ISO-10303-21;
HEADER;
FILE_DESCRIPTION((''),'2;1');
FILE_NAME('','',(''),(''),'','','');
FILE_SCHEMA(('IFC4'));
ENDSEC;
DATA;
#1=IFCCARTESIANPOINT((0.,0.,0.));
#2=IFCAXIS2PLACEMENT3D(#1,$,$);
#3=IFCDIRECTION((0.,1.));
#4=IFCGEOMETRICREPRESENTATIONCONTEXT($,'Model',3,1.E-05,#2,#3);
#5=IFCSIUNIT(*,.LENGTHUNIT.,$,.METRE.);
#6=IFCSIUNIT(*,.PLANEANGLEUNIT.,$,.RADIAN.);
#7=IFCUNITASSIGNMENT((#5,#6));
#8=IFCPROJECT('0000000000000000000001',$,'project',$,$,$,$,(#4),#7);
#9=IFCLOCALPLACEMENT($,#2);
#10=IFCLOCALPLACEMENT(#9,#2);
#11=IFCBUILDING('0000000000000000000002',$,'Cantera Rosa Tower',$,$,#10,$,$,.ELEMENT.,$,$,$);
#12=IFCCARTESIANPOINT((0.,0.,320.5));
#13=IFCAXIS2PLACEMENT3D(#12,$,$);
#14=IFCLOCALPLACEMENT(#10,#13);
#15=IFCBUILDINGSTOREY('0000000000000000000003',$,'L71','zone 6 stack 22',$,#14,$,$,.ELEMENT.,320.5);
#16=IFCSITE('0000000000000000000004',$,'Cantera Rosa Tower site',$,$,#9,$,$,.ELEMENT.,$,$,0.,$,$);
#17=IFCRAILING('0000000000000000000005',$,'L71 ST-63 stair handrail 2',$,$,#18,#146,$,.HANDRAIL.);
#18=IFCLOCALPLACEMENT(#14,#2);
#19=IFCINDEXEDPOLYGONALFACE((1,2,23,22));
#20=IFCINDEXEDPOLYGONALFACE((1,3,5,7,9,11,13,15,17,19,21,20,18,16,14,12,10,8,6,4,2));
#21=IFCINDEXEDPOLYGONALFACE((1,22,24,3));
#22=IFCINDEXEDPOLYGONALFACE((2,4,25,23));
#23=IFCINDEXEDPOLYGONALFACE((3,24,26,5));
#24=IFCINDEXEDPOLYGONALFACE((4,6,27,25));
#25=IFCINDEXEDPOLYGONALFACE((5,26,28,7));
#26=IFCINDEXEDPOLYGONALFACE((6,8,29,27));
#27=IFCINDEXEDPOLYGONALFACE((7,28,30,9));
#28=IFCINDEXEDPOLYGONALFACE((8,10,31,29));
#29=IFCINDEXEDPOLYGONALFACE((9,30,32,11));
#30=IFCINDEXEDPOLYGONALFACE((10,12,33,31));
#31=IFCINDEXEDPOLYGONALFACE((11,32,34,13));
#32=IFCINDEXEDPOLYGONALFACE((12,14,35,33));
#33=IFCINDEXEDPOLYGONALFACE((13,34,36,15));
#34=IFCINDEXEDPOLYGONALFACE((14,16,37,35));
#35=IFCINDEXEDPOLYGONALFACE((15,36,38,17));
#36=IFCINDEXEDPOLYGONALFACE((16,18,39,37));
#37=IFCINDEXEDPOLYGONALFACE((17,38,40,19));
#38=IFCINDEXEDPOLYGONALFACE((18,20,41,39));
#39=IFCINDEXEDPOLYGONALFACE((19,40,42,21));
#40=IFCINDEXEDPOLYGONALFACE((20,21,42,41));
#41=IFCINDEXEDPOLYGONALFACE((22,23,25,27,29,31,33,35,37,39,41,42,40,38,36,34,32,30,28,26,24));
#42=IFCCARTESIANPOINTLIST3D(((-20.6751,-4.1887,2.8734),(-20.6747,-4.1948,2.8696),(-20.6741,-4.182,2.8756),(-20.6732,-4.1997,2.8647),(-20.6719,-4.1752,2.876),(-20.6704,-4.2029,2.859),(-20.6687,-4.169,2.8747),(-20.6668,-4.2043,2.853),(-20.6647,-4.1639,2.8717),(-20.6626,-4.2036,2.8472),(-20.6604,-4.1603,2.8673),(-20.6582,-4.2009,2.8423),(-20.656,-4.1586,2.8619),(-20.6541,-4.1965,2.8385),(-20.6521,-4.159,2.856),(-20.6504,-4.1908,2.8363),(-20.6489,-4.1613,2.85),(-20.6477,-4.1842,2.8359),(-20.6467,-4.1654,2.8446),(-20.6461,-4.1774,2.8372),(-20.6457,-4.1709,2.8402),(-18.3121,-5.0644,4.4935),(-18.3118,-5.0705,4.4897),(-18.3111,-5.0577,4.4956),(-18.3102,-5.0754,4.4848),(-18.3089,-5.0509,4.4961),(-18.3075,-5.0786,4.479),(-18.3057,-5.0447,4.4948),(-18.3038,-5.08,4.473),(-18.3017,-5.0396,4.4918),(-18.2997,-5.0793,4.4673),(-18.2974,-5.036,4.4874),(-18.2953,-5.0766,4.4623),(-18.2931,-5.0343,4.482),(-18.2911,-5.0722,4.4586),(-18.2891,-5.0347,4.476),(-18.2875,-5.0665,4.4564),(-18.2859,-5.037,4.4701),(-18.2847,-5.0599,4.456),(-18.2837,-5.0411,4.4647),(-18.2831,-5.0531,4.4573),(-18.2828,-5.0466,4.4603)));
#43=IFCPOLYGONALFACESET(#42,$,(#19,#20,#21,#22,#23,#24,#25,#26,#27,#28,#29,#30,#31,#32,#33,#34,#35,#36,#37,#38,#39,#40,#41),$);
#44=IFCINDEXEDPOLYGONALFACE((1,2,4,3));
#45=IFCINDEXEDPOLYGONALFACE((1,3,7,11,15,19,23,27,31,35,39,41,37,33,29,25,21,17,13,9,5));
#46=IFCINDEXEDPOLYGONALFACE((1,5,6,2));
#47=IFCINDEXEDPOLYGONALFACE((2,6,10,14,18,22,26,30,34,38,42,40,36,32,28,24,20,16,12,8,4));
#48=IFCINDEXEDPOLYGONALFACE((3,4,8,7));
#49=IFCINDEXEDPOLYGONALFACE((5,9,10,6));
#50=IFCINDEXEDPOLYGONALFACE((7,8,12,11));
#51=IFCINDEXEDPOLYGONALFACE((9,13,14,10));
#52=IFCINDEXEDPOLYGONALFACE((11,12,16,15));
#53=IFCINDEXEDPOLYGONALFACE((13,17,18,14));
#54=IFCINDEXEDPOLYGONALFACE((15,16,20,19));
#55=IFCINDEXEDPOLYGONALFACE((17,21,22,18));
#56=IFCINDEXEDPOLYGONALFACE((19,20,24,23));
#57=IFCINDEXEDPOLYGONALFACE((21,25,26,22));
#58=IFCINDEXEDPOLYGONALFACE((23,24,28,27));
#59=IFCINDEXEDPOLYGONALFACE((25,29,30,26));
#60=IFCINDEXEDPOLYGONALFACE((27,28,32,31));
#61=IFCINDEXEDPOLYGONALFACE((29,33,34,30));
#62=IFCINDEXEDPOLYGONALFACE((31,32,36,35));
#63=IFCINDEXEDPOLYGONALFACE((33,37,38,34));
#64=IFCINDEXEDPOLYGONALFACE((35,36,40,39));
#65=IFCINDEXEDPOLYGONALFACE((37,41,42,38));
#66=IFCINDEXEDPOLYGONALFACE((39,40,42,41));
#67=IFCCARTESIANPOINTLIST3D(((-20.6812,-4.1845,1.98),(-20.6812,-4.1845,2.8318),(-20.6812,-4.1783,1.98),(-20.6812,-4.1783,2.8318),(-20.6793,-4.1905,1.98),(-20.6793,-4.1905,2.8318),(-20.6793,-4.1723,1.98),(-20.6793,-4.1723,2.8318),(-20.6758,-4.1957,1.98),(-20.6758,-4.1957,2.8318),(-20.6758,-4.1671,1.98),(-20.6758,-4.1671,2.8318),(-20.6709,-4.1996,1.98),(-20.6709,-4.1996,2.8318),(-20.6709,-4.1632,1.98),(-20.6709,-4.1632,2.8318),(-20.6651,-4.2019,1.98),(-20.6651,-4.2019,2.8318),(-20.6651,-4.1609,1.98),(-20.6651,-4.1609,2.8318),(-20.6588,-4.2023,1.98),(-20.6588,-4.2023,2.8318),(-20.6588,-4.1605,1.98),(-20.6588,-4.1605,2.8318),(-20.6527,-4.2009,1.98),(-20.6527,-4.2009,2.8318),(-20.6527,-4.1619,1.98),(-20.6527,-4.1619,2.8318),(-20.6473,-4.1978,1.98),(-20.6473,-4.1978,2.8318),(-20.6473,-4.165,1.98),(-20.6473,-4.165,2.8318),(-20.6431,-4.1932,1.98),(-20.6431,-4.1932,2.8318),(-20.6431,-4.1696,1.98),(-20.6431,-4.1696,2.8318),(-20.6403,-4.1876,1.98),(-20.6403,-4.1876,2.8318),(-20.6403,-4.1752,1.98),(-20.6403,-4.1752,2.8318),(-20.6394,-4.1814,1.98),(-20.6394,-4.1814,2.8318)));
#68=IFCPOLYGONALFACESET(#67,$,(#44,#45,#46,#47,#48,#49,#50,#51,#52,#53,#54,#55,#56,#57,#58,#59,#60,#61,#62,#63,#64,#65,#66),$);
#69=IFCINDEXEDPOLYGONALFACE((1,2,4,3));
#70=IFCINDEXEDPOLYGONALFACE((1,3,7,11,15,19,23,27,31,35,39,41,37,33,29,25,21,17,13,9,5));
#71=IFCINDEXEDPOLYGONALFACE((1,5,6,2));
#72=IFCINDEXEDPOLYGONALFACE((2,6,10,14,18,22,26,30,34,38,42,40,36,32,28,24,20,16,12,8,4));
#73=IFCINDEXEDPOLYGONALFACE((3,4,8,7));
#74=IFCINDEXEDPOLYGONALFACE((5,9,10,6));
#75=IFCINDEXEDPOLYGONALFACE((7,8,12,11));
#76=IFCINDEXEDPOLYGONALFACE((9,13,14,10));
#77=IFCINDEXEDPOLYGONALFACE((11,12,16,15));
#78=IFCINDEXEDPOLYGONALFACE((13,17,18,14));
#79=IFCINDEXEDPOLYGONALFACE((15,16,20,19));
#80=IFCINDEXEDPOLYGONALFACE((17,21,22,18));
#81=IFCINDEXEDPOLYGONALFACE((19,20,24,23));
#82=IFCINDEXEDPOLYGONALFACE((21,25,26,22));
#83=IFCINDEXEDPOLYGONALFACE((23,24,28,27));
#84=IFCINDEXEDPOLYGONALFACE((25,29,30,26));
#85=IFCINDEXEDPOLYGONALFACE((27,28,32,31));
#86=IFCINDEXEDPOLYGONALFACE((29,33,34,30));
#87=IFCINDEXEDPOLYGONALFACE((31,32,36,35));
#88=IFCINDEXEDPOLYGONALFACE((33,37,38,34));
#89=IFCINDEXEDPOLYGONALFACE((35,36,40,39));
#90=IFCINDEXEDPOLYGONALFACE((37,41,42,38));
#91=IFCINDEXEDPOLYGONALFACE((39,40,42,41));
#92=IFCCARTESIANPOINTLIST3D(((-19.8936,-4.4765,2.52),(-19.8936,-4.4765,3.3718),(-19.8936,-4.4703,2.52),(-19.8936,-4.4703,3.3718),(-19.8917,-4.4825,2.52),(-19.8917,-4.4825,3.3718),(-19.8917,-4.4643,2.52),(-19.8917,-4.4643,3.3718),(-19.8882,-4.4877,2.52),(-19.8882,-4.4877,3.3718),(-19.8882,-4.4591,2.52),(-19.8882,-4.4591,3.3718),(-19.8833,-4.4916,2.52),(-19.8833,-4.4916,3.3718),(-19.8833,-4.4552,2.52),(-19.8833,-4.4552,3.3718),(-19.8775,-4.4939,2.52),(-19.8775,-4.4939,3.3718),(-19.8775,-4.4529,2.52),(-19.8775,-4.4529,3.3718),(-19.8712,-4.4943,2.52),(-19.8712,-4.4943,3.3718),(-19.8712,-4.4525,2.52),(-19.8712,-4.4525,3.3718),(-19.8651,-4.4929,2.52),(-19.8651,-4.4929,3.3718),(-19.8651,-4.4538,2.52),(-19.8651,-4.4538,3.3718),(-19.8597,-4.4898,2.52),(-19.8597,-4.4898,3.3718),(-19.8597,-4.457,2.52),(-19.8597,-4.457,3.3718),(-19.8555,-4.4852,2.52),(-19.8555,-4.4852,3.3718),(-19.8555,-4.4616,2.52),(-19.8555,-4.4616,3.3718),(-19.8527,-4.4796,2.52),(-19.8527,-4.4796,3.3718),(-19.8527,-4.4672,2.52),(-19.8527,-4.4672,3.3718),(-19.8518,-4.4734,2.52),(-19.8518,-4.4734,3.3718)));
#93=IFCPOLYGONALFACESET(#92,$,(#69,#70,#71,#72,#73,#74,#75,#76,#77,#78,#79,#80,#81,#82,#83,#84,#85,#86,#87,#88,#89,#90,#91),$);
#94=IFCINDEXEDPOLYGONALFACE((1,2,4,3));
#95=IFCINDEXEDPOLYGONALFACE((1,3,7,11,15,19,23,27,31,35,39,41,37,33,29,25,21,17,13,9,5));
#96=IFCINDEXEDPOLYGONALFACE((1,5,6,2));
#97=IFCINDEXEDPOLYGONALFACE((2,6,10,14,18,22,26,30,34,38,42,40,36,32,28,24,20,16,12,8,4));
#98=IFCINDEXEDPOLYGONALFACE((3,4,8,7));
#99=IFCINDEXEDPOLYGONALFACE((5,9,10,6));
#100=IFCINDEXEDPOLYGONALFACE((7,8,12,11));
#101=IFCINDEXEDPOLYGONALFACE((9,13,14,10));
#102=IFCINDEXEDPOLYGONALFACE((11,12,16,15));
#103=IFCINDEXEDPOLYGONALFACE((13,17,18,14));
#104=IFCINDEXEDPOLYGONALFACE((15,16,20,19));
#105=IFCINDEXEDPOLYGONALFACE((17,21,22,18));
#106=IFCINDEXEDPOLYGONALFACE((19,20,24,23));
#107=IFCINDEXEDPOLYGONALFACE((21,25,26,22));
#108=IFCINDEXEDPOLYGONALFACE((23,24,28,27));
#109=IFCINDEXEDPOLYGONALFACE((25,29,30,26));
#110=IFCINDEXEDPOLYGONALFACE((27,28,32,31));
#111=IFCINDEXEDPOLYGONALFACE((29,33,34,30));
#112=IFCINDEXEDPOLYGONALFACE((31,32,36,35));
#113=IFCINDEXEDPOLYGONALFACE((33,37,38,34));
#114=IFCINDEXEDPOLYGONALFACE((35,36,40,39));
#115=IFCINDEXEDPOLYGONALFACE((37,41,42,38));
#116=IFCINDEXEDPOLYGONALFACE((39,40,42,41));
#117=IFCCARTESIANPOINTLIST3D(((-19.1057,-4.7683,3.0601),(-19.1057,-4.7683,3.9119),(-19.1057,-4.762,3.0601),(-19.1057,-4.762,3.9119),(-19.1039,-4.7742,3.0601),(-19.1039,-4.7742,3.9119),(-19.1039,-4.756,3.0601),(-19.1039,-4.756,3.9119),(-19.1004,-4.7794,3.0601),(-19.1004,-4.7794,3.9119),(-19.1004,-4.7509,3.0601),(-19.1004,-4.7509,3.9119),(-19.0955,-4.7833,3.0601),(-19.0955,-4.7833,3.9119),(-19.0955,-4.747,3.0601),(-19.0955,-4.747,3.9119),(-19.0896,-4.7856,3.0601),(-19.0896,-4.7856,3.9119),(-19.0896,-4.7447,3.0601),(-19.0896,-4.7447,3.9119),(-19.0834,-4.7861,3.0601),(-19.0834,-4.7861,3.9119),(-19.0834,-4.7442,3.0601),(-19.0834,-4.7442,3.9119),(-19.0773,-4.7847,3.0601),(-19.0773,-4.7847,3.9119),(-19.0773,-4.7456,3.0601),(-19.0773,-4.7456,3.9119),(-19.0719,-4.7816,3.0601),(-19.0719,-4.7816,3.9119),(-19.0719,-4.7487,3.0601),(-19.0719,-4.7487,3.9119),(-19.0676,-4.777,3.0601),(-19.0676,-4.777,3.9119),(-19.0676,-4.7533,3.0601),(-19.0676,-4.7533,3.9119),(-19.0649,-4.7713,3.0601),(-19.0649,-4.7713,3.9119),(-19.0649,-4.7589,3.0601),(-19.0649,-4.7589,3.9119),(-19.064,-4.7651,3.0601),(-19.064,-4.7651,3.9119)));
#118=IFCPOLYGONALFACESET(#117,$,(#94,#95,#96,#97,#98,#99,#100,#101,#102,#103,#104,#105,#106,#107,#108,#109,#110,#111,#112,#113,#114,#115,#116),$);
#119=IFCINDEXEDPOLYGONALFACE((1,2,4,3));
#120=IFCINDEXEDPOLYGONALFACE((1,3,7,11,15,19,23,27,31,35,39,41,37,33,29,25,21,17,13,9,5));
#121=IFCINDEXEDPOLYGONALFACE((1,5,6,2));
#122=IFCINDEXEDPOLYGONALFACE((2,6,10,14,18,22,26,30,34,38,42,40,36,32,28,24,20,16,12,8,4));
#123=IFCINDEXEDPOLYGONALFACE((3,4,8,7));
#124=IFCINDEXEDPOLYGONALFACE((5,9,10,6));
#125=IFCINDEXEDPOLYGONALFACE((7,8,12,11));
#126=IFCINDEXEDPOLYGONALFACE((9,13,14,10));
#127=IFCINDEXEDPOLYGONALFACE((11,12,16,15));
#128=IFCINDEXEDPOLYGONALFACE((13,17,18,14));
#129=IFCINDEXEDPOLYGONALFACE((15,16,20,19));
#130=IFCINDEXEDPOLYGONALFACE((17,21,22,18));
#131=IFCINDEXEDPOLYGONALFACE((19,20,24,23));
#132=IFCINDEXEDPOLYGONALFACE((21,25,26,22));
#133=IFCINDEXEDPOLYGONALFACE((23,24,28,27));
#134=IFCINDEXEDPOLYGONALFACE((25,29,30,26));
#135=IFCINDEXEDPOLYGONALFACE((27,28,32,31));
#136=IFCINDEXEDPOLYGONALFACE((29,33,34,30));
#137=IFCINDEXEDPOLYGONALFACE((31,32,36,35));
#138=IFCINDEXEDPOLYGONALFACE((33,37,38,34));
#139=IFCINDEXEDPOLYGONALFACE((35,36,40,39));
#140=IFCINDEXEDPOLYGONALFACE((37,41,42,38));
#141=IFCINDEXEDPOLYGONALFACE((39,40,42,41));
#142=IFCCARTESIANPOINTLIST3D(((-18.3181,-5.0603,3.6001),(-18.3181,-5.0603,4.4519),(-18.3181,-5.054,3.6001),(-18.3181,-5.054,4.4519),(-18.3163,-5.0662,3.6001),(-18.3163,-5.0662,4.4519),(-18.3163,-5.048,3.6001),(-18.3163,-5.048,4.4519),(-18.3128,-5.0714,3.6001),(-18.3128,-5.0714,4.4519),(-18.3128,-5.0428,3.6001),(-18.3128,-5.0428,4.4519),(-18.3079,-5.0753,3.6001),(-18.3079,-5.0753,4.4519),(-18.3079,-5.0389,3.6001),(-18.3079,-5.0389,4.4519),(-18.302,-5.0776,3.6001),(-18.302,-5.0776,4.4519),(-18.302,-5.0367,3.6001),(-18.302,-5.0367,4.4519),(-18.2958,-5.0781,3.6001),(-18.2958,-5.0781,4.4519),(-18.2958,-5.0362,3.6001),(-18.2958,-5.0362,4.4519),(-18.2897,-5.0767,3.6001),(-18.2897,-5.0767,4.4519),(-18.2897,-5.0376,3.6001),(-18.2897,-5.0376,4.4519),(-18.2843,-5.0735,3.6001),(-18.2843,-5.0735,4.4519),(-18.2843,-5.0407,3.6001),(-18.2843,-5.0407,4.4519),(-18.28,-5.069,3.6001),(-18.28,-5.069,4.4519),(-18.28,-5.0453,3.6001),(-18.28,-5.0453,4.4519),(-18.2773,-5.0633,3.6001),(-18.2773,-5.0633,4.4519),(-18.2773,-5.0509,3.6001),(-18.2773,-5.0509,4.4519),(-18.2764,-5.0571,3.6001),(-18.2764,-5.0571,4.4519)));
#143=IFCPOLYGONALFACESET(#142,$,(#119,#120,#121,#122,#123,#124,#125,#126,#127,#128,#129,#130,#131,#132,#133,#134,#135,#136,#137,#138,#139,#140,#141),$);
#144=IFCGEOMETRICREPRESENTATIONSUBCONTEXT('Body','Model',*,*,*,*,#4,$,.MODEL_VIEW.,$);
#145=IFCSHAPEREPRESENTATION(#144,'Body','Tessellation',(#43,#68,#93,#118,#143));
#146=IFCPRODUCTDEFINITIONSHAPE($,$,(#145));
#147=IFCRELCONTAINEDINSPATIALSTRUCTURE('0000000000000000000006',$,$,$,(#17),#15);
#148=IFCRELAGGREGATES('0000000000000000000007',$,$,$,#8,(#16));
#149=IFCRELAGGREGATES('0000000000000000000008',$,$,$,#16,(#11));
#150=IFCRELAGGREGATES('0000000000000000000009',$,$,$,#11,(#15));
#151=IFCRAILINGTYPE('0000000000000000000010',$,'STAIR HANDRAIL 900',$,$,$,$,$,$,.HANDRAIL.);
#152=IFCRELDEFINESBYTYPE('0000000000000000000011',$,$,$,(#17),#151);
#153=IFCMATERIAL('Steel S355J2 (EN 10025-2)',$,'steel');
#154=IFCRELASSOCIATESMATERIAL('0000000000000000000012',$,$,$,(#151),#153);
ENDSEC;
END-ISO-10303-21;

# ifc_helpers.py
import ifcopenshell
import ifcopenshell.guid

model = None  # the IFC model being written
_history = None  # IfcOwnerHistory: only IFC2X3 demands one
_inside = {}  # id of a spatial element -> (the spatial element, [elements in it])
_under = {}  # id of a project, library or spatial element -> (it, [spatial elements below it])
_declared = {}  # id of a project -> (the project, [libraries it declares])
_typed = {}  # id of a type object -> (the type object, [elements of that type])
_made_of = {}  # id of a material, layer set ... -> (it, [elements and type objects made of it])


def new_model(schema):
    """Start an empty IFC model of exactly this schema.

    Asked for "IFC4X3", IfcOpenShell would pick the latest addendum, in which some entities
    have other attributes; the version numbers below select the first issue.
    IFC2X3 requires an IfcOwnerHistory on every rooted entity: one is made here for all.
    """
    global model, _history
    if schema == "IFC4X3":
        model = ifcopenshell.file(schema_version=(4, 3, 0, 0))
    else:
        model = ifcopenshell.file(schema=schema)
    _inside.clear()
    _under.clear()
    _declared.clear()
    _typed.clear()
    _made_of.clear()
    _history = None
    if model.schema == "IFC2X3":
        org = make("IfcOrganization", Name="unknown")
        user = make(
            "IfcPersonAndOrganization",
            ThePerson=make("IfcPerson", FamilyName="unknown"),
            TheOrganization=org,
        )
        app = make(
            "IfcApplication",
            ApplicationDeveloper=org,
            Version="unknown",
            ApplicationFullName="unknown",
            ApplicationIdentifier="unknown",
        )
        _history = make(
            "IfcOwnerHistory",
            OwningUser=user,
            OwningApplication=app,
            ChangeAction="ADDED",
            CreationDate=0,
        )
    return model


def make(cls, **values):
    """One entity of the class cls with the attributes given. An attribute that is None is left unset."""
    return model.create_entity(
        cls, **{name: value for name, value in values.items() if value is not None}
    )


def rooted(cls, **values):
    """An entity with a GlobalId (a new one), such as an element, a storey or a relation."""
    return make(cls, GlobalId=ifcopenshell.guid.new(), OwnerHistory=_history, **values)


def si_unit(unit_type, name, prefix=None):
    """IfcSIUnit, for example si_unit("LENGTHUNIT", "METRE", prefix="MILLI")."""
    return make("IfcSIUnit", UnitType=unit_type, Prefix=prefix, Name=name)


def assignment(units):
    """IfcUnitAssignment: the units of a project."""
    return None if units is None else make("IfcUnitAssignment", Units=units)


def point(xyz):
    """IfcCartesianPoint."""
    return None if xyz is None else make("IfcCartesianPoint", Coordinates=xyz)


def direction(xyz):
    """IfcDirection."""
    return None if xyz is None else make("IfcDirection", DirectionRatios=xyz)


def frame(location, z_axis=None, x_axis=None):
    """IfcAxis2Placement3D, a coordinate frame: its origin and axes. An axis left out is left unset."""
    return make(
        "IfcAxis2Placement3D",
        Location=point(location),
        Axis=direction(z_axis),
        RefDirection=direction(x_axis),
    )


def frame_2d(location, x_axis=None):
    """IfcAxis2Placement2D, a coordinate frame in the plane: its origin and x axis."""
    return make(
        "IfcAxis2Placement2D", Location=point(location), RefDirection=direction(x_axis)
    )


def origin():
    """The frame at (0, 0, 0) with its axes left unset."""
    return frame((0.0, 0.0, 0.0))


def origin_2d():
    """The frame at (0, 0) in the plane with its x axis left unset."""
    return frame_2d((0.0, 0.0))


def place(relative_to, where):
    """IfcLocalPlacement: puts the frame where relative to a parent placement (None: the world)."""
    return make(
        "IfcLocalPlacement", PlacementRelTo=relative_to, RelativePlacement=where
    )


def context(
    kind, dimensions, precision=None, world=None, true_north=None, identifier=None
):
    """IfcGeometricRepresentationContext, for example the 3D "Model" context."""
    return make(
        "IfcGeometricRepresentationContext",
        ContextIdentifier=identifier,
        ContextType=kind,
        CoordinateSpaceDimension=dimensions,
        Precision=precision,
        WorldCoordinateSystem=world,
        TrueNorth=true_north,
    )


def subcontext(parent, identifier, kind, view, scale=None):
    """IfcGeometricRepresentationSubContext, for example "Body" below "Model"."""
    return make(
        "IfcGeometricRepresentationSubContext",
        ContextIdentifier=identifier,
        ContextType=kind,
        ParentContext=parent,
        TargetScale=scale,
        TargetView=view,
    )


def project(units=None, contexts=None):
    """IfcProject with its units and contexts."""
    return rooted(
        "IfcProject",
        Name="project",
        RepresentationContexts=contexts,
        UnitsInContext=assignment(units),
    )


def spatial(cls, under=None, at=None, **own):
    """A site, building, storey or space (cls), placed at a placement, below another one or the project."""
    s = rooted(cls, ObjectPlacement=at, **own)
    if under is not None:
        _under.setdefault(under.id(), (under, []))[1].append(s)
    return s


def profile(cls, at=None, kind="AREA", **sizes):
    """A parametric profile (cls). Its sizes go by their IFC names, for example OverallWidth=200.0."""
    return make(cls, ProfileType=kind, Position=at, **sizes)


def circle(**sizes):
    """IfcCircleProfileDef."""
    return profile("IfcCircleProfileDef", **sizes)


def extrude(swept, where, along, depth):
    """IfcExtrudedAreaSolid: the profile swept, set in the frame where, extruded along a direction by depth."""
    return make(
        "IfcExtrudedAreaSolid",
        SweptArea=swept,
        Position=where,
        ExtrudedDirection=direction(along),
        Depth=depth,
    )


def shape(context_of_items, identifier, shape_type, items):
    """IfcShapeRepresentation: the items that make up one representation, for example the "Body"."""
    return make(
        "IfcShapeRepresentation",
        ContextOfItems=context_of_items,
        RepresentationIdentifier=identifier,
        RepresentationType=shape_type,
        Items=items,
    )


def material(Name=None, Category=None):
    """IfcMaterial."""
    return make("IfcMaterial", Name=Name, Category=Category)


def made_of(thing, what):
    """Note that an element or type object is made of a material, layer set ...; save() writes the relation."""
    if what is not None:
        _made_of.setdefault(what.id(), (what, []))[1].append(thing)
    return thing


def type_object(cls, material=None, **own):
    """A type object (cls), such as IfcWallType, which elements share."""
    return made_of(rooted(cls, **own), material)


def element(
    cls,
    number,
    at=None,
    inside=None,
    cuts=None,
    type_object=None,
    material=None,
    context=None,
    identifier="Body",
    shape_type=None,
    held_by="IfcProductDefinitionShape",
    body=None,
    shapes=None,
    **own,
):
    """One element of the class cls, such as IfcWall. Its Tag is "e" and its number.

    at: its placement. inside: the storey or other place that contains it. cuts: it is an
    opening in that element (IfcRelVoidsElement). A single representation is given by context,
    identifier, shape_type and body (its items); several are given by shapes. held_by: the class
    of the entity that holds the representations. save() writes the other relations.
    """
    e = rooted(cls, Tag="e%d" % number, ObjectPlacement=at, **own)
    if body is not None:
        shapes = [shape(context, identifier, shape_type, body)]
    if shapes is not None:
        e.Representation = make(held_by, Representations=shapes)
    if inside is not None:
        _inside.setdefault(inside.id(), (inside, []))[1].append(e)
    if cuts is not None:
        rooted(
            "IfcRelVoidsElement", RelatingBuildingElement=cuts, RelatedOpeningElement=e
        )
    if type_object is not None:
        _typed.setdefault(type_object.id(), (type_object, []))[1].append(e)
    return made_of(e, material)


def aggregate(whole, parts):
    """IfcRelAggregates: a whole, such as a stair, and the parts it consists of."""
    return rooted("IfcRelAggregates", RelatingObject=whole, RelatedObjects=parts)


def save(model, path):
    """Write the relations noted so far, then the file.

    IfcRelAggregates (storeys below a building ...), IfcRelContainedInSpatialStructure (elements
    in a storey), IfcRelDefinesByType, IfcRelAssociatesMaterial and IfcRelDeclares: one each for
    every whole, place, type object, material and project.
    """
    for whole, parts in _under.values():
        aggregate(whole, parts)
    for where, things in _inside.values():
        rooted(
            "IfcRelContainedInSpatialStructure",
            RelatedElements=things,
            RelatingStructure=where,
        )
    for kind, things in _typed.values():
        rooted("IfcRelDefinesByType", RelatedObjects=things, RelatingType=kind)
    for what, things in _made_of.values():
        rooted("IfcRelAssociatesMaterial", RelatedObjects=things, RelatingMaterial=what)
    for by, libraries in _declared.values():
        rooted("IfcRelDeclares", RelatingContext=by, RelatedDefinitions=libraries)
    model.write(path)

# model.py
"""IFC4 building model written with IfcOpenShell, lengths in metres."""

from ifc_helpers import new_model, si_unit, direction, frame, origin, origin_2d, place, context, subcontext, project, spatial, circle, extrude, material, type_object, element, save


model = new_model("IFC4")

# Units and contexts
model_context = context("Model", 3, precision=1e-05, world=origin(), true_north=direction((0.0, 1.0)))
body_context = subcontext(model_context, "Body", "Model", "MODEL_VIEW")
ifc_project = project(units=[si_unit("LENGTHUNIT", "METRE"), si_unit("PLANEANGLEUNIT", "RADIAN")], contexts=[model_context])

# Site, building, storey
site_placement = place(None, origin())
site = spatial("IfcSite", under=ifc_project, at=site_placement, Name="Cantera Rosa Tower site", CompositionType="ELEMENT", RefElevation=0.0)
building_placement = place(site_placement, origin())
building = spatial("IfcBuilding", under=site, at=building_placement, Name="Cantera Rosa Tower", CompositionType="ELEMENT")
storey_placement = place(building_placement, frame((0.0, 0.0, 320.5)))
storey = spatial("IfcBuildingStorey", under=building, at=storey_placement, Name="L71", Description="zone 6 stack 22", CompositionType="ELEMENT", Elevation=320.5)

# Railing
ifc_material_1 = material(Name="Steel S355J2 (EN 10025-2)", Category="steel")
railing_type_1 = type_object("IfcRailingType", Name="STAIR HANDRAIL 900", PredefinedType="HANDRAIL", material=ifc_material_1)
railing_1_placement = place(storey_placement, frame((-20.6604, -4.1814, 1.98)))
element("IfcRailing", 1, at=railing_1_placement, inside=storey, type_object=railing_type_1, Name="L71 ST-63 stair handrail 2", PredefinedType="HANDRAIL", context=body_context, shape_type="SweptSolid", body=[
    extrude(circle(Radius=0.0239, at=origin_2d()), frame((0.0, 0.0, 0.876), z_axis=(0.788748, -0.292307, 0.540772), x_axis=(0.347501, 0.93768, 0.0)), (0.0, 0.0, 1.0), 2.9958),
    extrude(circle(Radius=0.021, at=origin_2d()), origin(), (0.0, 0.0, 1.0), 0.8518),
    extrude(circle(Radius=0.021, at=origin_2d()), frame((0.7876, -0.292, 0.54)), (0.0, 0.0, 1.0), 0.8518),
    extrude(circle(Radius=0.021, at=origin_2d()), frame((1.5754, -0.5837, 1.0801)), (0.0, 0.0, 1.0), 0.8518),
    extrude(circle(Radius=0.021, at=origin_2d()), frame((2.363, -0.8757, 1.6201)), (0.0, 0.0, 1.0), 0.8518),
])

save(model, "model.ifc")
